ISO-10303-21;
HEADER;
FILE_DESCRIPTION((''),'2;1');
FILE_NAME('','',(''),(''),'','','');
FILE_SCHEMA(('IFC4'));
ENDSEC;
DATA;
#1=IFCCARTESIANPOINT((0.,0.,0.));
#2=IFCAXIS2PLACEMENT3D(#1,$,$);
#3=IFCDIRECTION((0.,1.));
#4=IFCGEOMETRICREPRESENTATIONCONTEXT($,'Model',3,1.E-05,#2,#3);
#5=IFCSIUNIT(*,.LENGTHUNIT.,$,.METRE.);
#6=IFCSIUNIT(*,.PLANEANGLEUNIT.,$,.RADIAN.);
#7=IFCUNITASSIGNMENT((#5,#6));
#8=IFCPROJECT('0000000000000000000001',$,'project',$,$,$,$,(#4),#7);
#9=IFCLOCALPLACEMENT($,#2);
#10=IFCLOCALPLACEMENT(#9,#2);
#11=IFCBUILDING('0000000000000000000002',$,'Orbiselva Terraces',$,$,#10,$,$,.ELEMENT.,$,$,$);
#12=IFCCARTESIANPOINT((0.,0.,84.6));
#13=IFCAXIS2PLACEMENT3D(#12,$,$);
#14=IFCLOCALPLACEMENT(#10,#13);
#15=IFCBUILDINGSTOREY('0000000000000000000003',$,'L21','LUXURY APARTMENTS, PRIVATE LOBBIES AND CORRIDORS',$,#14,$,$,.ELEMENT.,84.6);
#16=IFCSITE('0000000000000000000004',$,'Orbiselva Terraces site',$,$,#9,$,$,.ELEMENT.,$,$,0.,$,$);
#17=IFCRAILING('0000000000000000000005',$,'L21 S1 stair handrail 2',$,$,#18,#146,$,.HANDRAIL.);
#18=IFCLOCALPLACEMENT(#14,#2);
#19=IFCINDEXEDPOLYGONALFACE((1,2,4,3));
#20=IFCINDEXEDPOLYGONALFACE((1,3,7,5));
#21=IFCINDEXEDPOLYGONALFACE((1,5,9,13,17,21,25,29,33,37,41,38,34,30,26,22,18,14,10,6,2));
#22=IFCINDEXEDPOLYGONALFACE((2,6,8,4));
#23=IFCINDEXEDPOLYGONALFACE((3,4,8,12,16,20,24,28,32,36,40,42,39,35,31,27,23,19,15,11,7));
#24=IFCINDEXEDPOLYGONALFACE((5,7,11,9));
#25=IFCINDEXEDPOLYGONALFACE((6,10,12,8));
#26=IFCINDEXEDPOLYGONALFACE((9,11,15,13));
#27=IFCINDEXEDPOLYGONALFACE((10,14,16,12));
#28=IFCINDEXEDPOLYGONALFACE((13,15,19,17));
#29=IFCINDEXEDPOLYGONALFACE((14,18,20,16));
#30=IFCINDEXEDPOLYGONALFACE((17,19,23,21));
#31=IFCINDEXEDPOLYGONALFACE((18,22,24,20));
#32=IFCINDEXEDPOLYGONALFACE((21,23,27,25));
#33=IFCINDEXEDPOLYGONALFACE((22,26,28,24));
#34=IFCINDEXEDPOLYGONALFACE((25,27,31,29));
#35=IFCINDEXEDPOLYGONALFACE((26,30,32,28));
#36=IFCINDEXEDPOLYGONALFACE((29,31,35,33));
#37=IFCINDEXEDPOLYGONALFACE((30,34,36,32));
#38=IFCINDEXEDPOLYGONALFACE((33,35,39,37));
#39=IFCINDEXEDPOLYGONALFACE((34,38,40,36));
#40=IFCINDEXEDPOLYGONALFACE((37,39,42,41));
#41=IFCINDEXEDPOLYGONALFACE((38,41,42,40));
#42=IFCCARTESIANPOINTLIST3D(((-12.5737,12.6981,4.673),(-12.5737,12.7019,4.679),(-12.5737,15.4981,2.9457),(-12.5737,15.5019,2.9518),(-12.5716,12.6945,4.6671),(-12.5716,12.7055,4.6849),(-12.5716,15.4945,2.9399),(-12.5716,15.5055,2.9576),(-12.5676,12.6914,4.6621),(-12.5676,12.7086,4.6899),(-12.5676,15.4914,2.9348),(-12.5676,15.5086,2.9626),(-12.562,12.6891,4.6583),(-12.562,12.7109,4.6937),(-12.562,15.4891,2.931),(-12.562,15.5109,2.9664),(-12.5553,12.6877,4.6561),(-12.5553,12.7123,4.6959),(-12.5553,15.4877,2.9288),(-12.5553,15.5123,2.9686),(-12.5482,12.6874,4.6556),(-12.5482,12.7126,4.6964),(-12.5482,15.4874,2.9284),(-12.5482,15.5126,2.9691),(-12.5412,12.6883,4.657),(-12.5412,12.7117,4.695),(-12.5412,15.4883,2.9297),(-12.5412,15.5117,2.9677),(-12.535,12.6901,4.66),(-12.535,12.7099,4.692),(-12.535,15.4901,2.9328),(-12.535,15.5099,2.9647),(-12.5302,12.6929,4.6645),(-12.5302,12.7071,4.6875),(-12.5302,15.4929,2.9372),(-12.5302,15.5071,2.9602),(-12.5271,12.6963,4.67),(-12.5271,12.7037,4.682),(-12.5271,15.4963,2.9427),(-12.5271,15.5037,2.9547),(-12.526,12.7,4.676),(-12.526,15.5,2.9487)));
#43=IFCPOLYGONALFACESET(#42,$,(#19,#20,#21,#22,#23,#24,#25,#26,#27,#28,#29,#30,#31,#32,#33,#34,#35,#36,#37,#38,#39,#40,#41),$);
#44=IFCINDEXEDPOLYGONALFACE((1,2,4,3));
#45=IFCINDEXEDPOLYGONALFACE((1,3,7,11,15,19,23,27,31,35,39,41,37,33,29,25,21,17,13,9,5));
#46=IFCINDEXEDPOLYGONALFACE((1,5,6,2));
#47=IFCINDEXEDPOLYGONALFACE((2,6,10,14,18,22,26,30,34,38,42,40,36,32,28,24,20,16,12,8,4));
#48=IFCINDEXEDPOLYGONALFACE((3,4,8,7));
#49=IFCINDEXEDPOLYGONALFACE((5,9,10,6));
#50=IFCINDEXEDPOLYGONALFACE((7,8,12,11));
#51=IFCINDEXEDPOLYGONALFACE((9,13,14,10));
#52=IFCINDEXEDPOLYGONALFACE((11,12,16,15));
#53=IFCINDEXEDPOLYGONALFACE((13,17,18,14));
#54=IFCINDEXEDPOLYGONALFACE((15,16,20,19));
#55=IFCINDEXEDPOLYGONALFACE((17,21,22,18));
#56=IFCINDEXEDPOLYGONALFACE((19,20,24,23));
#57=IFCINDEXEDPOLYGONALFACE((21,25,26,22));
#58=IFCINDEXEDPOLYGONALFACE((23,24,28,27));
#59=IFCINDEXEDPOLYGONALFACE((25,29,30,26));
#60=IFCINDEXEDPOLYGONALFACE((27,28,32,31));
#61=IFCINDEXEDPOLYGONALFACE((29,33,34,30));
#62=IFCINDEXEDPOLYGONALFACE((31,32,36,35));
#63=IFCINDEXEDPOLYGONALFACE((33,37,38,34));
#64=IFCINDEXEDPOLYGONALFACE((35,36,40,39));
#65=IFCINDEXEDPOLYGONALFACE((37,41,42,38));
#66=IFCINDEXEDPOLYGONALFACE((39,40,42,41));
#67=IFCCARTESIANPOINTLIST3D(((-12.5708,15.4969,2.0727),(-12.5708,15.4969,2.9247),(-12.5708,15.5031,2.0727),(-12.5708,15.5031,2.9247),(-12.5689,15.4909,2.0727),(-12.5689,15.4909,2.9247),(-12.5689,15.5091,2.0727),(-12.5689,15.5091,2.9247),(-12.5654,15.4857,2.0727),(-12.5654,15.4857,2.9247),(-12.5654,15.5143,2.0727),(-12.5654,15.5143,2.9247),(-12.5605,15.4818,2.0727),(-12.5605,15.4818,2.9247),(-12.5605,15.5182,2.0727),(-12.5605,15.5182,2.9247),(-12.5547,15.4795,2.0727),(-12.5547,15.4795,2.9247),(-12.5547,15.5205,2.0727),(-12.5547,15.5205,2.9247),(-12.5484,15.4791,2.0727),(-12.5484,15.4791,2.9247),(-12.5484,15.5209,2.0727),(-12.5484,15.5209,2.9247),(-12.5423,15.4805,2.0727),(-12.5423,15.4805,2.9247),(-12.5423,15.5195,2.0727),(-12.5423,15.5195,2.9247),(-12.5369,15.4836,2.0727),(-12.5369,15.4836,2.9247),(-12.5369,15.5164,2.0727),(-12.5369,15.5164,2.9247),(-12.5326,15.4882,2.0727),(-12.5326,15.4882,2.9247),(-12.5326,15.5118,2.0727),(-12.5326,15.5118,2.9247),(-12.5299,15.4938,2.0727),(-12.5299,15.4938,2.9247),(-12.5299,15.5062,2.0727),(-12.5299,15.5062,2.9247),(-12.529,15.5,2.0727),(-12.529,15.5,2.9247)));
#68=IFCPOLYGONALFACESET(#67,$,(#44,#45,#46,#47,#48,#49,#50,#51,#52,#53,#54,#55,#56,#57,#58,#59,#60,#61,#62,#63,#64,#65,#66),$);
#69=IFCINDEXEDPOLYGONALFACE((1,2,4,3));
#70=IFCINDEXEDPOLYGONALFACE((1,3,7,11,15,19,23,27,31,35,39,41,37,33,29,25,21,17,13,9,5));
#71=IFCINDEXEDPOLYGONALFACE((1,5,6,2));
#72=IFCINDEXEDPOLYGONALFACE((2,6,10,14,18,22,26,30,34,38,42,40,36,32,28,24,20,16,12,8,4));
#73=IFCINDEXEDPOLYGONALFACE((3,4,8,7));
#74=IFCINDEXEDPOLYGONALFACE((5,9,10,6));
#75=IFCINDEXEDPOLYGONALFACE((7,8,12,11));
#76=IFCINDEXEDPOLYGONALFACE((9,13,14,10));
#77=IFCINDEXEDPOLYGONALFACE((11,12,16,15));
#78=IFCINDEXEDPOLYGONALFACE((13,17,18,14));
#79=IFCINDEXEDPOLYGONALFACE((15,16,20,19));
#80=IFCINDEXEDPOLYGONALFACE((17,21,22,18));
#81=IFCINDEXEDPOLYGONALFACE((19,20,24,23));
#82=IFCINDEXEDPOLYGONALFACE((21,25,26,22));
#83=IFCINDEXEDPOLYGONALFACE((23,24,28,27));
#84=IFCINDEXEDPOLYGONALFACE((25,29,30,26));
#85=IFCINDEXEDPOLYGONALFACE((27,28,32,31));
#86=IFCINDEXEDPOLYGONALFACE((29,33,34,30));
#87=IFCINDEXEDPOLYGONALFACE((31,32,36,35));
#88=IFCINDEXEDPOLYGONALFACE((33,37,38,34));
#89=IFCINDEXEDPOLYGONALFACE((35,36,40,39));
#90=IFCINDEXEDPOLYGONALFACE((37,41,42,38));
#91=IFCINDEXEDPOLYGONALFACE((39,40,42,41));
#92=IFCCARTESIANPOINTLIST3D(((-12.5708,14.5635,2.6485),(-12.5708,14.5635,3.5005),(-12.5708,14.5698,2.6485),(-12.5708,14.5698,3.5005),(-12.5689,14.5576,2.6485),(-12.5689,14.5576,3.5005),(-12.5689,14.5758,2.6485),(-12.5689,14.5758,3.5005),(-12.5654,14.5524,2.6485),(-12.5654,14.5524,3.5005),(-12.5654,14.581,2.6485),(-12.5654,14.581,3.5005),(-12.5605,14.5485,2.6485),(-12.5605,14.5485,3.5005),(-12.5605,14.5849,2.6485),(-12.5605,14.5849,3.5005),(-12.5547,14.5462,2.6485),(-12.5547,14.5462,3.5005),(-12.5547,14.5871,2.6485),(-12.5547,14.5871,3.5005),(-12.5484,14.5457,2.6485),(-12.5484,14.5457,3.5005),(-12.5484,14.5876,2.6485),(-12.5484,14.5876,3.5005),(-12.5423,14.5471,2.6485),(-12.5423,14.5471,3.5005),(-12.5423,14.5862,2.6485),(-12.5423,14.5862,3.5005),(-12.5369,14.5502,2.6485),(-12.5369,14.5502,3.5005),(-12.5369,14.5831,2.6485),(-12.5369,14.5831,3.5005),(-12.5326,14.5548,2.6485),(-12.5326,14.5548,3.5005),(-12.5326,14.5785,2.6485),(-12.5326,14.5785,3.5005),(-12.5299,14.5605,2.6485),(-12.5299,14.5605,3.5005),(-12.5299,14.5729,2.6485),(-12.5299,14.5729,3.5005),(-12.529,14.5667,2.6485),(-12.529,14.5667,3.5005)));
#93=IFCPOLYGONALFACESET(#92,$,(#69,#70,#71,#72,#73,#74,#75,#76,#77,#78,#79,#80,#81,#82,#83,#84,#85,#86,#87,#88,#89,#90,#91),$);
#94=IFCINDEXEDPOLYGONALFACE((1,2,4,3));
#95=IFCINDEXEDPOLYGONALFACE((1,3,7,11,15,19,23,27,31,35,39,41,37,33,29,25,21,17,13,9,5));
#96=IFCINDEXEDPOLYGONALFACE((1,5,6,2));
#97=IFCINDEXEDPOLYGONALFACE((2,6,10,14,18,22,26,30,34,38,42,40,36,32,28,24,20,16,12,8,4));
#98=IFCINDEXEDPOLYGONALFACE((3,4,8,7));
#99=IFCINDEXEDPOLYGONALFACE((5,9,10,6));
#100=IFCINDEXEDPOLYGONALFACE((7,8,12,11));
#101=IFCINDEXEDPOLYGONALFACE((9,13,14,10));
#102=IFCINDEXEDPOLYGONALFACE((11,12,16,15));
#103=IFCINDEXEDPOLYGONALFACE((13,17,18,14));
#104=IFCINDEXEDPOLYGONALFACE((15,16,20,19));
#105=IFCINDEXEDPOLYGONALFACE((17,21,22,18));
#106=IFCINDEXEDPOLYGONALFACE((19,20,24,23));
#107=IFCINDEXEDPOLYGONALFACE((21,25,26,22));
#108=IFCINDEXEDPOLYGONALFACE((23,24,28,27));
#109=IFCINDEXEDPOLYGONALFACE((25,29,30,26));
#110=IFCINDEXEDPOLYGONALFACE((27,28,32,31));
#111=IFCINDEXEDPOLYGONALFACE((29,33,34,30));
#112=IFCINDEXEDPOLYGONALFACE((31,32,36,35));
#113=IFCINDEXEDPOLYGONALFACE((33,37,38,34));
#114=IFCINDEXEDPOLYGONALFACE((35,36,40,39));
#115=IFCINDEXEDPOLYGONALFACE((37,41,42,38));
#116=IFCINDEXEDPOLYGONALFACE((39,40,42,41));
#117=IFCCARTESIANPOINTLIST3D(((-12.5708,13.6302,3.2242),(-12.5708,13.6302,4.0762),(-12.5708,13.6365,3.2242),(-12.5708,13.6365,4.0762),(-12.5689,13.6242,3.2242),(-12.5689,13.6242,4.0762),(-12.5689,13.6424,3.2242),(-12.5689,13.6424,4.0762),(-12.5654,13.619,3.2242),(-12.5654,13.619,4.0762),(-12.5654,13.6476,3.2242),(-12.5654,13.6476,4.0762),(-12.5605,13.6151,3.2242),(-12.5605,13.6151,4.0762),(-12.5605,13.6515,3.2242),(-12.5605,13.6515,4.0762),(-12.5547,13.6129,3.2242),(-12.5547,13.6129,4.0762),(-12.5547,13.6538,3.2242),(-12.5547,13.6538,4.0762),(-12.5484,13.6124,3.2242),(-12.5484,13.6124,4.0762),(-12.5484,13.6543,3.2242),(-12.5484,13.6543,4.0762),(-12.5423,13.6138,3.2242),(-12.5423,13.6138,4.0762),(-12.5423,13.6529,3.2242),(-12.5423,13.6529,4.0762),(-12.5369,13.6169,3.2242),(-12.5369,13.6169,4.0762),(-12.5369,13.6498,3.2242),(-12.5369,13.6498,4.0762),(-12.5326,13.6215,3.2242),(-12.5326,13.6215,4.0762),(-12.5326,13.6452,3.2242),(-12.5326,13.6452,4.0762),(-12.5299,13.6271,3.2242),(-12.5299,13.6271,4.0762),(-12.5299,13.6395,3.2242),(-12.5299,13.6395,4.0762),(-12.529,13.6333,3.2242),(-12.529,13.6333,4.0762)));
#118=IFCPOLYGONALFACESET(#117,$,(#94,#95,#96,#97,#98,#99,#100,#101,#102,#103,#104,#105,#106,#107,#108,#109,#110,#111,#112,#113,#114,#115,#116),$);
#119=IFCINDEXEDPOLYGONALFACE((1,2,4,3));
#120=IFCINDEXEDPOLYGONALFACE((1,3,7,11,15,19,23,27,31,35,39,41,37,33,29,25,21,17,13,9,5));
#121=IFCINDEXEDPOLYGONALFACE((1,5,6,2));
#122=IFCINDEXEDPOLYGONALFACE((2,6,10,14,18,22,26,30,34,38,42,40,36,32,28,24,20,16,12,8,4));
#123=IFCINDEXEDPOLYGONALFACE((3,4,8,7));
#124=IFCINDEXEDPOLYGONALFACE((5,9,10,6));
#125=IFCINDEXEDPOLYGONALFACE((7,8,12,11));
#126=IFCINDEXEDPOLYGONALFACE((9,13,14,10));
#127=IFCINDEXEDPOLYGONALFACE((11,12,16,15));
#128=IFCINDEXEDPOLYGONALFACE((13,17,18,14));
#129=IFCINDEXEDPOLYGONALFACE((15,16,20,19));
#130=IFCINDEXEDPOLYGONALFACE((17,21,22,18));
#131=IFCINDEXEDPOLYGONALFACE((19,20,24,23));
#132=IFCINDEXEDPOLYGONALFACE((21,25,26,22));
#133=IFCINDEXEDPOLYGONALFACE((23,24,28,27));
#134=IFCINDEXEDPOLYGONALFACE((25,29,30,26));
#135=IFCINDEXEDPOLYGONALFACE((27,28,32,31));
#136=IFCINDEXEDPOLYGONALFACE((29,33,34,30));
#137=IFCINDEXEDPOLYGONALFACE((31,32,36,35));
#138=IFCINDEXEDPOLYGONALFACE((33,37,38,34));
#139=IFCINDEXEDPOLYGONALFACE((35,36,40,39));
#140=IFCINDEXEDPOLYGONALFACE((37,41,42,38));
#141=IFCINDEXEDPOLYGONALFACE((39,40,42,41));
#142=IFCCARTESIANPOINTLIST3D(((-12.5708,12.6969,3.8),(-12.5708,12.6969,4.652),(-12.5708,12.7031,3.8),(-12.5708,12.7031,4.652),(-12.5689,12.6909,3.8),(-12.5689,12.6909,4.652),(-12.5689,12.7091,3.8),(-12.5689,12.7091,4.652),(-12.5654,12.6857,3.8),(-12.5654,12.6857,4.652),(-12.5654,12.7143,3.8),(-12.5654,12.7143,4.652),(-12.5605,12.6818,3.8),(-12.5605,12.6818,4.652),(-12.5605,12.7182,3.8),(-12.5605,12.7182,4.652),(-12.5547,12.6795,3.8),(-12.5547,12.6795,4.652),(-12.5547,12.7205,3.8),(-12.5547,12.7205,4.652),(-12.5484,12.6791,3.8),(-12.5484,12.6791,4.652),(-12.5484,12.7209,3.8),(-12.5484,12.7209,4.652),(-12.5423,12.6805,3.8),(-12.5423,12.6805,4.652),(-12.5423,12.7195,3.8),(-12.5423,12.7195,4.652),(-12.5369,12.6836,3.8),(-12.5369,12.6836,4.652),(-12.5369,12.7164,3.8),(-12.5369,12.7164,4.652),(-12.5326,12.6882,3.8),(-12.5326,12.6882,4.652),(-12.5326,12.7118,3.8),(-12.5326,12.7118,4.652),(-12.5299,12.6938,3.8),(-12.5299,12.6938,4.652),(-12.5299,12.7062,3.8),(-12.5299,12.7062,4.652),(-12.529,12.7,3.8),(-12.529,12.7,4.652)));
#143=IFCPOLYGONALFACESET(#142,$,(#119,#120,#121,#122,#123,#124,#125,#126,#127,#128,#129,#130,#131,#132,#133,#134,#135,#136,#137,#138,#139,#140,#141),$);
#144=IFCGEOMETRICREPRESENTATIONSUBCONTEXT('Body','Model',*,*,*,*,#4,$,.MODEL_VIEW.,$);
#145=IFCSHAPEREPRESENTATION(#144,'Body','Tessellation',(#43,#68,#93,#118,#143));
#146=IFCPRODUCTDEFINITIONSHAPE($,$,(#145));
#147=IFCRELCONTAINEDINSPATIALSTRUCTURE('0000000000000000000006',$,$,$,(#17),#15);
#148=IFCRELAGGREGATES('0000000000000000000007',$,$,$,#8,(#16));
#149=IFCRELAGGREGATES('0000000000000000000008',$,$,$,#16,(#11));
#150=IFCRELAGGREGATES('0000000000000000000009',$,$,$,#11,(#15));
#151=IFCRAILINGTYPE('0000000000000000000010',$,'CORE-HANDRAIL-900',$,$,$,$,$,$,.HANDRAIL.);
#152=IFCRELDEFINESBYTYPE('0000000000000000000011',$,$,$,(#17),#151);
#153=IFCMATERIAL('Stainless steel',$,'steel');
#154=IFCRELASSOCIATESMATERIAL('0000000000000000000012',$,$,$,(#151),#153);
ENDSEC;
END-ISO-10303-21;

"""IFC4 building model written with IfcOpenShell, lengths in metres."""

from ifc_helpers import new_model, si_unit, direction, frame, origin, origin_2d, place, context, subcontext, project, spatial, circle, extrude, material, type_object, element, save


model = new_model("IFC4")

# Units and contexts
model_context = context("Model", 3, precision=1e-05, world=origin(), true_north=direction((0.0, 1.0)))
body_context = subcontext(model_context, "Body", "Model", "MODEL_VIEW")
ifc_project = project(units=[si_unit("LENGTHUNIT", "METRE"), si_unit("PLANEANGLEUNIT", "RADIAN")], contexts=[model_context])

# Site, building, storey
site_placement = place(None, origin())
site = spatial("IfcSite", under=ifc_project, at=site_placement, Name="Orbiselva Terraces site", CompositionType="ELEMENT", RefElevation=0.0)
building_placement = place(site_placement, origin())
building = spatial("IfcBuilding", under=site, at=building_placement, Name="Orbiselva Terraces", CompositionType="ELEMENT")
storey_placement = place(building_placement, frame((0.0, 0.0, 84.6)))
storey = spatial("IfcBuildingStorey", under=building, at=storey_placement, Name="L21", Description="LUXURY APARTMENTS, PRIVATE LOBBIES AND CORRIDORS", CompositionType="ELEMENT", Elevation=84.6)

# Railing
ifc_material_1 = material(Name="Stainless steel", Category="steel")
railing_type = type_object("IfcRailingType", Name="CORE-HANDRAIL-900", PredefinedType="HANDRAIL", material=ifc_material_1)
railing_placement = place(storey_placement, frame((-12.55, 15.5, 2.0727)))
element("IfcRailing", 1, at=railing_placement, inside=storey, type_object=railing_type, Name="L21 S1 stair handrail 2", PredefinedType="HANDRAIL", context=body_context, shape_type="SweptSolid", body=[
    extrude(circle(Radius=0.024, at=origin_2d()), frame((0.0, 0.0, 0.876), z_axis=(0.0, -0.851089, 0.525022), x_axis=(1.0, 0.0, 0.0)), (0.0, 0.0, 1.0), 3.2899),
    extrude(circle(Radius=0.021, at=origin_2d()), origin(), (0.0, 0.0, 1.0), 0.852),
    extrude(circle(Radius=0.021, at=origin_2d()), frame((0.0, -0.9333, 0.5758)), (0.0, 0.0, 1.0), 0.852),
    extrude(circle(Radius=0.021, at=origin_2d()), frame((0.0, -1.8667, 1.1515)), (0.0, 0.0, 1.0), 0.852),
    extrude(circle(Radius=0.021, at=origin_2d()), frame((0.0, -2.8, 1.7273)), (0.0, 0.0, 1.0), 0.852),
])

save(model, "model.ifc")
